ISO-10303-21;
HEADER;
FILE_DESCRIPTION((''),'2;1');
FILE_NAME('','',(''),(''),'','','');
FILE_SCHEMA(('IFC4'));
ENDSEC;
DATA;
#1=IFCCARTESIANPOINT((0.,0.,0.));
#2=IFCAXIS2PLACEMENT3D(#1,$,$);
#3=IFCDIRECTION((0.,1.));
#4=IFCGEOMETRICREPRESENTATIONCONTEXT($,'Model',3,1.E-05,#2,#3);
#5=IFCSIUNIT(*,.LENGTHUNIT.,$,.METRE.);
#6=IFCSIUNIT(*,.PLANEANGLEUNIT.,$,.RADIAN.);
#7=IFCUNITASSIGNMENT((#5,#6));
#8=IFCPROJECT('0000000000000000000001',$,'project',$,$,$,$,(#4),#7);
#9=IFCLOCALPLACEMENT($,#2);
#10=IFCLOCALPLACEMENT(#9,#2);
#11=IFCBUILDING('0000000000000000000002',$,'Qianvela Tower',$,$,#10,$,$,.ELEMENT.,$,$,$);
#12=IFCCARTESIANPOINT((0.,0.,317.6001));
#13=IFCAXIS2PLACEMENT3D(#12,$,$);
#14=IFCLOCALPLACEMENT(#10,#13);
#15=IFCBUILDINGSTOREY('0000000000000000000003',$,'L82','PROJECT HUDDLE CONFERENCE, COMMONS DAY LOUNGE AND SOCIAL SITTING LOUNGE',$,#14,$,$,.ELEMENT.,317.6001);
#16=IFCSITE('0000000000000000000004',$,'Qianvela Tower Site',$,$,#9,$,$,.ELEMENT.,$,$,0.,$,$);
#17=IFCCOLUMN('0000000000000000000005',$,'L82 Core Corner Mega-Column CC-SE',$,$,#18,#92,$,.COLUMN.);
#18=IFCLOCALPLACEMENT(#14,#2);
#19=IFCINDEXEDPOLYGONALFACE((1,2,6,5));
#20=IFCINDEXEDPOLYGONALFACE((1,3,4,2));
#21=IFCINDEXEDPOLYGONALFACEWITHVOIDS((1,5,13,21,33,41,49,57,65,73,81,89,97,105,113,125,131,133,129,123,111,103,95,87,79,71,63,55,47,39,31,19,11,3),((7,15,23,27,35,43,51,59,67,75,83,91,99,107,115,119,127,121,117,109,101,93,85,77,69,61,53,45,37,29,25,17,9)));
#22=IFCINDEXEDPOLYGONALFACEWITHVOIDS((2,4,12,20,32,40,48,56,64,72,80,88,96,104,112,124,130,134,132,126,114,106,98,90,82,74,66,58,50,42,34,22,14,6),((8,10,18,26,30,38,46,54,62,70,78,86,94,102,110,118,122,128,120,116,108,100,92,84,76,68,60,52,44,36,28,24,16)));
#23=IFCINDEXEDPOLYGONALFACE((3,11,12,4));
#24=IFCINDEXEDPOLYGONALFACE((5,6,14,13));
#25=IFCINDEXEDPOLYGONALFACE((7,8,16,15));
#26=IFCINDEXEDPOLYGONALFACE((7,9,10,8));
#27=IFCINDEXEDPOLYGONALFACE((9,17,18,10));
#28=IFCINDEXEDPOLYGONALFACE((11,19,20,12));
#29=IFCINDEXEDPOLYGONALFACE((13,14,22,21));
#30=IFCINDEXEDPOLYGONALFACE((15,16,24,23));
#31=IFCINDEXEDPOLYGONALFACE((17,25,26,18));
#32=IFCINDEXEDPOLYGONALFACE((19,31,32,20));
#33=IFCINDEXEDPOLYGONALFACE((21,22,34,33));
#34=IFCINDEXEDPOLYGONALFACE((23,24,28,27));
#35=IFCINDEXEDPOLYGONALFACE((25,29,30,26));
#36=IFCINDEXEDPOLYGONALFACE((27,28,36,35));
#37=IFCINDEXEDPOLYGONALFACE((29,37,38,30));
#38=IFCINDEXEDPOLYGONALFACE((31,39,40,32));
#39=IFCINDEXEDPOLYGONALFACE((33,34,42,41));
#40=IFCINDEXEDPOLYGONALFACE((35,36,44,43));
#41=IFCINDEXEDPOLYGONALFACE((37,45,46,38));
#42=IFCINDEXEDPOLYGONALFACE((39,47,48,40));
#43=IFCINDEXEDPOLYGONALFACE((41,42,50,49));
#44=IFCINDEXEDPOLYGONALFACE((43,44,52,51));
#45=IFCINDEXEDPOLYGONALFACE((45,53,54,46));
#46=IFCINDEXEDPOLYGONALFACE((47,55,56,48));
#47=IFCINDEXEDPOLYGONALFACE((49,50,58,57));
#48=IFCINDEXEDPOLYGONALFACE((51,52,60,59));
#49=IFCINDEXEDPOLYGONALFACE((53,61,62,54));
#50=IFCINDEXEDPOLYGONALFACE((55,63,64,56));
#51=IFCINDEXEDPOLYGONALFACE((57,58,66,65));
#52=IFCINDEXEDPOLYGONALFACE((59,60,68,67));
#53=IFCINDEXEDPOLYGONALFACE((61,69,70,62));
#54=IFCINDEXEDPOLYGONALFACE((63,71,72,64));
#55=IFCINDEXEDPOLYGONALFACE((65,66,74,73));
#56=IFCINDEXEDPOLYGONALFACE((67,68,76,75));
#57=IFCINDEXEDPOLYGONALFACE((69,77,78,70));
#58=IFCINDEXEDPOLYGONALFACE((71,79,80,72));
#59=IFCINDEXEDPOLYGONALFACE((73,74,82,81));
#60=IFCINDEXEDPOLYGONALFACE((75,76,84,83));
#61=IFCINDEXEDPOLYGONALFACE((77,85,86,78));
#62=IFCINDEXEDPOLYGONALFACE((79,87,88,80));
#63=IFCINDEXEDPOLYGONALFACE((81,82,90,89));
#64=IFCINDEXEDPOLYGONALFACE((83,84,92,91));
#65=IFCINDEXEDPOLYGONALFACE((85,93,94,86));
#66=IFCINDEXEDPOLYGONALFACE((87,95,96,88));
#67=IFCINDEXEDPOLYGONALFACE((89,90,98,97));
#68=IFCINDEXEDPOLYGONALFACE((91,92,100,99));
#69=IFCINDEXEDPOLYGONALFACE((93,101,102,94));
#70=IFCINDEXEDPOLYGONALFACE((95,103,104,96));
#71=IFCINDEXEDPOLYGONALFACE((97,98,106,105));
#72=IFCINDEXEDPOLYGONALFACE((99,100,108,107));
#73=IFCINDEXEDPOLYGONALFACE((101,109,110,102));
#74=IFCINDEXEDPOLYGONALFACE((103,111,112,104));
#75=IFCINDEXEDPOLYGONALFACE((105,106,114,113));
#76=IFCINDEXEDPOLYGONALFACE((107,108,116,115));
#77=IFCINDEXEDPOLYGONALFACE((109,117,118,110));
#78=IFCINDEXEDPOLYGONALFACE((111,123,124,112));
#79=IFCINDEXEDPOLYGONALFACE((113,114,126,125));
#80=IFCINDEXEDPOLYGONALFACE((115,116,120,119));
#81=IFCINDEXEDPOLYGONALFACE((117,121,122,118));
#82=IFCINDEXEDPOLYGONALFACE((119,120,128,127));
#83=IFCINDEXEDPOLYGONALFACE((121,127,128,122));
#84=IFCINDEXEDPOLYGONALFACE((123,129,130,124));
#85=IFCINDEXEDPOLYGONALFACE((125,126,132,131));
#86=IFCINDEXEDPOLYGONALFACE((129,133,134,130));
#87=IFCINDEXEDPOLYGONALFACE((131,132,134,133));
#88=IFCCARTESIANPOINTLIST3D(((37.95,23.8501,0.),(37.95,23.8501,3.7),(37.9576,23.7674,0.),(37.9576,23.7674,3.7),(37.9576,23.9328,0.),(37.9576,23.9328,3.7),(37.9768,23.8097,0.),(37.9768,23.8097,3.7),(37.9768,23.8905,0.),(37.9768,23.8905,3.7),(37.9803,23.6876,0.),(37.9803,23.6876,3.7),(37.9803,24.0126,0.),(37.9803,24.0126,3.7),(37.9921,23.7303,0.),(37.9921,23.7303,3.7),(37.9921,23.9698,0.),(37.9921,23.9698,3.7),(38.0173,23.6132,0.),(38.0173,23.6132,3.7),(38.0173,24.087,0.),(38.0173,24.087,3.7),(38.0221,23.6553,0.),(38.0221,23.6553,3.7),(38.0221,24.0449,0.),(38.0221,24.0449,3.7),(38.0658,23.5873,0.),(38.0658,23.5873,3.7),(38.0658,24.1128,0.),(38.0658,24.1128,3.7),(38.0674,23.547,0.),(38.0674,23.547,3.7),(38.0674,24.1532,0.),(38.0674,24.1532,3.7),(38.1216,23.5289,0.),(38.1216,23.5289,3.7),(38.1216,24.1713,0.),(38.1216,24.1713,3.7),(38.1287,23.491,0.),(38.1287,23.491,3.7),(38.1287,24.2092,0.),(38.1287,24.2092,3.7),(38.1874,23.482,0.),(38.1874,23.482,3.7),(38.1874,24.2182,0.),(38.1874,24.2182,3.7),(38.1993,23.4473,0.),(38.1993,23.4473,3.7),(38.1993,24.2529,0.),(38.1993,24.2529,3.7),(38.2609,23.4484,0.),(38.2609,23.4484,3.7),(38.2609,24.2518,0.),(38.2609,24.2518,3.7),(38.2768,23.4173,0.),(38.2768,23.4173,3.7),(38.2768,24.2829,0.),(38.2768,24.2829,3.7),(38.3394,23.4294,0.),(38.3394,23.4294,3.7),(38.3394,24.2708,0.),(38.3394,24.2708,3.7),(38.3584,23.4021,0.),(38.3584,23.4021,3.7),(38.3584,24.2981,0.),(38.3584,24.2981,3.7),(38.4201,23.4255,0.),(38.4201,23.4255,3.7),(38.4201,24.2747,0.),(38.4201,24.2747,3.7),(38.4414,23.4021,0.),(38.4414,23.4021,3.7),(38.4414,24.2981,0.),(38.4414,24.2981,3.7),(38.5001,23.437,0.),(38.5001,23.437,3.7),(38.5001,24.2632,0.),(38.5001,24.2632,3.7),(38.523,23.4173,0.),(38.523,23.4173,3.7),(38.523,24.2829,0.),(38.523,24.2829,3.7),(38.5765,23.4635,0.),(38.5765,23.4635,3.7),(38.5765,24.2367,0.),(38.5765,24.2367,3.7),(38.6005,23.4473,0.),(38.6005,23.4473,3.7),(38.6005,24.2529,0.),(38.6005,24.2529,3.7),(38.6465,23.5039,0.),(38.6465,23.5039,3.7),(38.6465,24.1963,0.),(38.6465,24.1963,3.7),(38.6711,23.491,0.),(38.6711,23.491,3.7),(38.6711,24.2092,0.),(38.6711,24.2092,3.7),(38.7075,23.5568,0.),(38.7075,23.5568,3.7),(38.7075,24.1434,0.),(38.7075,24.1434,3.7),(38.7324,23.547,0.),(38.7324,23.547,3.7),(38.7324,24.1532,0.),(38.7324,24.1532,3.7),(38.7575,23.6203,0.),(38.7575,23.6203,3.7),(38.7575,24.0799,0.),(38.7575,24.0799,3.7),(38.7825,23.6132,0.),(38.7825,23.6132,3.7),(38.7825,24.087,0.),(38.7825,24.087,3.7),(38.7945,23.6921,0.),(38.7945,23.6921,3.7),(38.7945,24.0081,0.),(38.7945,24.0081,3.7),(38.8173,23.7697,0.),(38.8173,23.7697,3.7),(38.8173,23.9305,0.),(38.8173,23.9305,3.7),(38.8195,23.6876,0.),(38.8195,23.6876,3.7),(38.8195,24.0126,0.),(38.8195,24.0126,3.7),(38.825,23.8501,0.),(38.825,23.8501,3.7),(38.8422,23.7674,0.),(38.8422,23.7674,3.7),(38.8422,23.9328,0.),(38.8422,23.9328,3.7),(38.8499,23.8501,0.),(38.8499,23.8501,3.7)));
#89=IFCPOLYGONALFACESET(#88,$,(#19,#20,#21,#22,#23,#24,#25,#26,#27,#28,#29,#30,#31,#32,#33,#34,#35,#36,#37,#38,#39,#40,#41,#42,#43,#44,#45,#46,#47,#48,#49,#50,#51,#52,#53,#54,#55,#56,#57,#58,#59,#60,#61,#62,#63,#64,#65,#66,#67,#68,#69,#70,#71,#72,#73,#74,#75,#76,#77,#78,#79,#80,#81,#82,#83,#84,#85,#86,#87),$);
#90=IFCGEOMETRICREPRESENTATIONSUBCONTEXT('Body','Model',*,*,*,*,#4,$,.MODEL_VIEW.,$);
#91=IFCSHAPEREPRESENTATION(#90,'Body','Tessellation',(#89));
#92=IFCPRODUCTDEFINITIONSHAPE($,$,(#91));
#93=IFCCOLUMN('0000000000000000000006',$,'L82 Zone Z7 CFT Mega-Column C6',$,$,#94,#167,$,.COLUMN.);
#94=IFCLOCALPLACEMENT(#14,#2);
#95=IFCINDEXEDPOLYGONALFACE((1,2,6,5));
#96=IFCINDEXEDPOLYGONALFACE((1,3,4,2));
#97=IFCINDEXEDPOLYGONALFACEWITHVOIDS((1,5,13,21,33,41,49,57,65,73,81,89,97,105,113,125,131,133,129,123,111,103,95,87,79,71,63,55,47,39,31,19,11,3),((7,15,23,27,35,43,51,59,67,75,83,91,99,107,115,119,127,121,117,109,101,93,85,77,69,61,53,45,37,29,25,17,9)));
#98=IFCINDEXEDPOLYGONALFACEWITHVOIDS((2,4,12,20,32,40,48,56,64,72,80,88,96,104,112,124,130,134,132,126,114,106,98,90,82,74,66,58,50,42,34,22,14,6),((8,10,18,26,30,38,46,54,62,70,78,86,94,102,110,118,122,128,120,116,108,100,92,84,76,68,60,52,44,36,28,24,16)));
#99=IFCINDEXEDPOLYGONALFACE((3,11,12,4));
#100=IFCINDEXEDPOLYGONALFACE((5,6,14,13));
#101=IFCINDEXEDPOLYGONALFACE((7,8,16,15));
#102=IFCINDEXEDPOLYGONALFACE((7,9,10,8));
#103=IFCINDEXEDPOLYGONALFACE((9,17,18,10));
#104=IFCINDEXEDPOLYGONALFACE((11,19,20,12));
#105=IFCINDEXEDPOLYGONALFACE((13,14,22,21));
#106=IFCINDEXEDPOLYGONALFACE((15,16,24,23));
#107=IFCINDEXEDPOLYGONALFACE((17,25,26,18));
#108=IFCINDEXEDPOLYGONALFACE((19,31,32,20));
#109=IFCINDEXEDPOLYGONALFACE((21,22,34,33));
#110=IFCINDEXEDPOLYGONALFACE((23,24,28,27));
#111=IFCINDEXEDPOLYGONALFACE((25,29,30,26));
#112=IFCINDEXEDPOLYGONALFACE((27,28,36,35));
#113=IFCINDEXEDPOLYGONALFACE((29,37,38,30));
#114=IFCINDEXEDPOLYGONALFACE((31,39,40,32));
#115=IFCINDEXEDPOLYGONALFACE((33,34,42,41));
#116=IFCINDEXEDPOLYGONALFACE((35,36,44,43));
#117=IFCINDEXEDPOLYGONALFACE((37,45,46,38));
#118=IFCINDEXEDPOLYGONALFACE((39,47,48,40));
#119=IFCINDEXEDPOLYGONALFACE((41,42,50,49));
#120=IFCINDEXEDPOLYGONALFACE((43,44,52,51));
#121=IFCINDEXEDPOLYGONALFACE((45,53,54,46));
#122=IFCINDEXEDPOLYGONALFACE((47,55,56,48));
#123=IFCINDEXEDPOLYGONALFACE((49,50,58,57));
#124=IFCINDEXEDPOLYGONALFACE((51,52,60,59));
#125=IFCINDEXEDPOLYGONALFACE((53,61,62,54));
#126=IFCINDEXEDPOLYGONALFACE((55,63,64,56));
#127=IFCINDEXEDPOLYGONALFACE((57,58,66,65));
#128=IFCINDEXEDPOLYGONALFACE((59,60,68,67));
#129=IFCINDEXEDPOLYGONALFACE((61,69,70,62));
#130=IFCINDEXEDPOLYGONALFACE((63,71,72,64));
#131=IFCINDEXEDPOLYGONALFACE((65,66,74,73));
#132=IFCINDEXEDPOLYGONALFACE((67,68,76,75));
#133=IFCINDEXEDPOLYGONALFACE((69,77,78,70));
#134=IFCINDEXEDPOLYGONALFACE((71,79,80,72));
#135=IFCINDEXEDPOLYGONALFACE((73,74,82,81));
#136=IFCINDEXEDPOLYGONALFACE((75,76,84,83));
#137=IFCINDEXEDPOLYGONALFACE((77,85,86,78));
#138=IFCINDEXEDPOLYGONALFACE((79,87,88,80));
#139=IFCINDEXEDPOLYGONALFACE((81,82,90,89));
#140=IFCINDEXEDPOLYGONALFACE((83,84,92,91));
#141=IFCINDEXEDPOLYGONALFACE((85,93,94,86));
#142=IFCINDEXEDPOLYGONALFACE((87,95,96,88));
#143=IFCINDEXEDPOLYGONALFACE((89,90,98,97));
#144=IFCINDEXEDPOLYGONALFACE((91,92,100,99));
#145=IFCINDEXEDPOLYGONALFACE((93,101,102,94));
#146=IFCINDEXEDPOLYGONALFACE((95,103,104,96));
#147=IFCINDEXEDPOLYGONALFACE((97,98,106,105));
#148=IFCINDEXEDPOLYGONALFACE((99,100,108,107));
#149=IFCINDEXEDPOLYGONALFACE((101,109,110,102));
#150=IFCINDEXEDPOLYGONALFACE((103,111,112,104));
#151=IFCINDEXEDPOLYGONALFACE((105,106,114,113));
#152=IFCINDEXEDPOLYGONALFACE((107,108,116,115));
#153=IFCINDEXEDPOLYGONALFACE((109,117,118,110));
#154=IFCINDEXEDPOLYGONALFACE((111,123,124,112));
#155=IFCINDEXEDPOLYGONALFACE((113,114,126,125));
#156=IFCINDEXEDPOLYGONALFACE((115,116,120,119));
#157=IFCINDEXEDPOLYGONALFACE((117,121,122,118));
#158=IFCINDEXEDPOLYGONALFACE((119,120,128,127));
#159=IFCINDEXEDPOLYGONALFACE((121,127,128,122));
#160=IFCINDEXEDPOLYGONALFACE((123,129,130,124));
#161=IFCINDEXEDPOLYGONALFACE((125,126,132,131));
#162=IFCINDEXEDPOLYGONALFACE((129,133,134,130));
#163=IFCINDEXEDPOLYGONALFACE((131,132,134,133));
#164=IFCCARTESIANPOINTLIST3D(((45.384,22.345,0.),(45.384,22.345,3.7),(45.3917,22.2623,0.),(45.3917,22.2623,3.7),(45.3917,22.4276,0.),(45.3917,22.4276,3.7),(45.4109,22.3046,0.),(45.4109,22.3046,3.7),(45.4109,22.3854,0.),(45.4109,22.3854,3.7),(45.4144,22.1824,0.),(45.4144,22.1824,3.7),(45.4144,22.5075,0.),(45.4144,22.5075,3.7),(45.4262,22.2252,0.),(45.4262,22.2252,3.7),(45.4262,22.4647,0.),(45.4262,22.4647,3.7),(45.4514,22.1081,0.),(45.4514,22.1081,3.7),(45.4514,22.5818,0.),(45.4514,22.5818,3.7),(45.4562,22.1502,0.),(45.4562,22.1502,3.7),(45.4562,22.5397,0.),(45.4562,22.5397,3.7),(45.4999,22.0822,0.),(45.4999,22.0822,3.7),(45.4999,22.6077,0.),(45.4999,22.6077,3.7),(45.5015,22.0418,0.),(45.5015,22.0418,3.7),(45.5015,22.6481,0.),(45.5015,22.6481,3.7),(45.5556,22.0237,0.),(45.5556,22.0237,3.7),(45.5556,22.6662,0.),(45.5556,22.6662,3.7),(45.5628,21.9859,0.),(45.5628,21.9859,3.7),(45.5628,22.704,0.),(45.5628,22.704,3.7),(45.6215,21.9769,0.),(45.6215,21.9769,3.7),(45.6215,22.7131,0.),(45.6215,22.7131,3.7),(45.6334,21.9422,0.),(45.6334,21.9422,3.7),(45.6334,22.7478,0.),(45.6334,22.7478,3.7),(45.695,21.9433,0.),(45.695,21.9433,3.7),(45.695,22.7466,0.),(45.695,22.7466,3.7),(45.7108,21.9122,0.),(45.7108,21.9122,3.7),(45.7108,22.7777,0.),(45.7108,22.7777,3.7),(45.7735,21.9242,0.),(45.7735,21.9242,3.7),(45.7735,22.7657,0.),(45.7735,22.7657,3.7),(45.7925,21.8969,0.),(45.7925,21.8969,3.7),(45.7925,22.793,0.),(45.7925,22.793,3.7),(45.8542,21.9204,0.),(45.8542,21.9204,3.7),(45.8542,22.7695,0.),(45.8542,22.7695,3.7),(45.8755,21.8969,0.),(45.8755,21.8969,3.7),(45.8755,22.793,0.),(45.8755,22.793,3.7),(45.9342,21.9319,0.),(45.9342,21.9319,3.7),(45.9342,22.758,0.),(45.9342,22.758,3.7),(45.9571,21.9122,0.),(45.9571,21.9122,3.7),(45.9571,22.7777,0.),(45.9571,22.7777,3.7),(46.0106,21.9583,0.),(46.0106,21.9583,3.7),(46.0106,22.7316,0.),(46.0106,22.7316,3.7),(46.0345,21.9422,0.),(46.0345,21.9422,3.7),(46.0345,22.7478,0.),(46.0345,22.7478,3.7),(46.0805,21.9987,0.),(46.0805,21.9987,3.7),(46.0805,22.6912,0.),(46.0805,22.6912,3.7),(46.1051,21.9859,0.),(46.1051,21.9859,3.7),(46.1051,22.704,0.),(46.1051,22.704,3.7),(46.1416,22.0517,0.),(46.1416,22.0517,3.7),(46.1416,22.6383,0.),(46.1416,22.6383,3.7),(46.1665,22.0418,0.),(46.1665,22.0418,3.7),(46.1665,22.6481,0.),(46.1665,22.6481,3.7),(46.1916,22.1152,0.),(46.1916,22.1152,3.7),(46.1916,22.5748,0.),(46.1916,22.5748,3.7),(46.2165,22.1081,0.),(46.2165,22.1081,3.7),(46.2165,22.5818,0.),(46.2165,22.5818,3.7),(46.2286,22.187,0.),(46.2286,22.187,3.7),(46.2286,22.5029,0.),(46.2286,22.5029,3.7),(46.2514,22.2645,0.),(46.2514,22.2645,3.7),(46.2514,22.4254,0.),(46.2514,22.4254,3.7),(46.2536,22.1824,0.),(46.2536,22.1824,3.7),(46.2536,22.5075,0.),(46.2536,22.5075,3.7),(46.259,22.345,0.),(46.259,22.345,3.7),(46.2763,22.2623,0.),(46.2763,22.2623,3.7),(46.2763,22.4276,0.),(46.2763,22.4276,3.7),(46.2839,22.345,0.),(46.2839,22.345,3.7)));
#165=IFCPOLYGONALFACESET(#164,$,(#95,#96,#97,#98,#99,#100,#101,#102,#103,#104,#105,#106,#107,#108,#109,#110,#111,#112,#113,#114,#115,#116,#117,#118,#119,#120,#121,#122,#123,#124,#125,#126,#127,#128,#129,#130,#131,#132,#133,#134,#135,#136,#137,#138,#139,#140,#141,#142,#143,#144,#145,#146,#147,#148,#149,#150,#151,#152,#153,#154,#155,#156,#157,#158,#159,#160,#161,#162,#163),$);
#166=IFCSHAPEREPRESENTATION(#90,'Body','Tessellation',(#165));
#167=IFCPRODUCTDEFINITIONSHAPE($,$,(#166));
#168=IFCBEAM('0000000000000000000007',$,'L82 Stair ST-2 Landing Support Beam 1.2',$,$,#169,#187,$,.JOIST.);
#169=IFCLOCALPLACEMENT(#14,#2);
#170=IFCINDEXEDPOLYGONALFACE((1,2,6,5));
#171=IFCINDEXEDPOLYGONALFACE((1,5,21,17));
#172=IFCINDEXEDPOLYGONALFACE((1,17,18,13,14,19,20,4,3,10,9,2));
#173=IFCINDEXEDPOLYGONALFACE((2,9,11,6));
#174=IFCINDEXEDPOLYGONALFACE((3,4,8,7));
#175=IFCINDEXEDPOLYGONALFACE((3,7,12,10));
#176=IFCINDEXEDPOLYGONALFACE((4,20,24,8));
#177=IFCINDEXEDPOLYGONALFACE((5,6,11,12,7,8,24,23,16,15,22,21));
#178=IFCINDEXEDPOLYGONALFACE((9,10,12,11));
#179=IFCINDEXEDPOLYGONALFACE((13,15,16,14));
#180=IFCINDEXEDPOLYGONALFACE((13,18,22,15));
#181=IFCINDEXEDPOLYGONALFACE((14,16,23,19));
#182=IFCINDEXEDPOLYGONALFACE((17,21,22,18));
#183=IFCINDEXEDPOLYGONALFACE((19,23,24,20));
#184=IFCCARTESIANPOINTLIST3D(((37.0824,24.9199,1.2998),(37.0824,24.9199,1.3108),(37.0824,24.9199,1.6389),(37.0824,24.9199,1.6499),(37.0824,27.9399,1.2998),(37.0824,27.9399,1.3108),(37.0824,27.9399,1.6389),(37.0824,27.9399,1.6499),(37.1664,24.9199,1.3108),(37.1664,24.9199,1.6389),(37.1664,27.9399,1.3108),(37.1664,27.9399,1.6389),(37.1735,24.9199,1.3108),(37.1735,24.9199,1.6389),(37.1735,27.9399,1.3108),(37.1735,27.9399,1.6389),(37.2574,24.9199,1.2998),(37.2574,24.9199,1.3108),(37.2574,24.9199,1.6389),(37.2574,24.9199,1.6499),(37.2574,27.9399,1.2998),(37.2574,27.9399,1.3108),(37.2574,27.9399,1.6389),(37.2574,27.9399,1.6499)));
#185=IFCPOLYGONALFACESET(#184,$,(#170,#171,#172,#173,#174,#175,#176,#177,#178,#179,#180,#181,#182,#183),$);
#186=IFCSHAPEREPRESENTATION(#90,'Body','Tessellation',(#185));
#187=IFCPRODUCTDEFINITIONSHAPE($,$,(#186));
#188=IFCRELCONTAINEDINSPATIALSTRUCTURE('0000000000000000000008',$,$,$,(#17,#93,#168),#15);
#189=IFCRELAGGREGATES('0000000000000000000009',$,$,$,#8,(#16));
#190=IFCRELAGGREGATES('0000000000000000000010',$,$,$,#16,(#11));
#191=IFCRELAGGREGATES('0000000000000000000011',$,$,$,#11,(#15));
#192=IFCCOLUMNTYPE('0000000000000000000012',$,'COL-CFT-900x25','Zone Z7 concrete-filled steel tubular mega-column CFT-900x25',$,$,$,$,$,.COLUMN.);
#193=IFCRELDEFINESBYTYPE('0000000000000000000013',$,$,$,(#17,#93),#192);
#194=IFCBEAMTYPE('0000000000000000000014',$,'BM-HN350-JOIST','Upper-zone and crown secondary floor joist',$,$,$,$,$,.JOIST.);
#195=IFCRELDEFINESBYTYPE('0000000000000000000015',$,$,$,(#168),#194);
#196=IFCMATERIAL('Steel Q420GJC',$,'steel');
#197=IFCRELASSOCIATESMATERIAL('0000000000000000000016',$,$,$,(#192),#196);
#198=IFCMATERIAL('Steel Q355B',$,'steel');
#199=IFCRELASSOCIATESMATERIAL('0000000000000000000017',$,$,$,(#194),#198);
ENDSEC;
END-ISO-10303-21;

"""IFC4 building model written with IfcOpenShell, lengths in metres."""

from ifc_helpers import new_model, si_unit, direction, frame, origin, origin_2d, place, context, subcontext, project, spatial, hollow_circle, i_section, extrude, material, material_profile, profile_set, type_object, element, save


model = new_model("IFC4")

# Units and contexts
model_context = context("Model", 3, precision=1e-05, world=origin(), true_north=direction((0.0, 1.0)))
body_context = subcontext(model_context, "Body", "Model", "MODEL_VIEW")
ifc_project = project(units=[si_unit("LENGTHUNIT", "METRE"), si_unit("PLANEANGLEUNIT", "RADIAN")], contexts=[model_context])

# Site, building, storey
site_placement = place(None, origin())
site = spatial("IfcSite", under=ifc_project, at=site_placement, Name="Qianvela Tower Site", CompositionType="ELEMENT", RefElevation=0.0)
building_placement = place(site_placement, origin())
building = spatial("IfcBuilding", under=site, at=building_placement, Name="Qianvela Tower", CompositionType="ELEMENT")
storey_placement = place(building_placement, frame((0.0, 0.0, 317.6001)))
storey = spatial("IfcBuildingStorey", under=building, at=storey_placement, Name="L82", Description="PROJECT HUDDLE CONFERENCE, COMMONS DAY LOUNGE AND SOCIAL SITTING LOUNGE", CompositionType="ELEMENT", Elevation=317.6001)

# Columns
ifc_material_1 = material(Name="Steel Q420GJC", Category="steel")
ifc_material_profile_1 = material_profile(ifc_material_1, hollow_circle(Radius=0.45, WallThickness=0.0249, at=origin_2d()), Name="CFT-900x25")
ifc_profile_set_1 = profile_set([ifc_material_profile_1], Name="Steel Q420GJC")
column_type = type_object("IfcColumnType", Name="COL-CFT-900x25", Description="Zone Z7 concrete-filled steel tubular mega-column CFT-900x25", PredefinedType="COLUMN", material=ifc_profile_set_1)
for number, where, z_axis, x_axis, name in (
    (1, (38.3999, 23.8501, 0.0), (0.0, 0.0, 1.0), (1.0, 0.0, 0.0), "L82 Core Corner Mega-Column CC-SE"),
    (2, (45.834, 22.345, 0.0), (0.0, 0.0, 1.0), (1.0, 0.0, 0.0), "L82 Zone Z7 CFT Mega-Column C6"),
):
    element("IfcColumn", number, at=place(storey_placement, frame(where, z_axis=z_axis, x_axis=x_axis)), inside=storey, type_object=column_type, Name=name, PredefinedType="COLUMN", context=body_context, shape_type="SweptSolid", body=[
        extrude(hollow_circle(Radius=0.45, WallThickness=0.0249, at=origin_2d()), origin(), (0.0, 0.0, 1.0), 3.7),
    ])

# Beam
ifc_material_2 = material(Name="Steel Q355B", Category="steel")
ifc_material_profile_2 = material_profile(ifc_material_2, i_section(OverallWidth=0.175, OverallDepth=0.3501, WebThickness=0.0071, FlangeThickness=0.011, at=origin_2d()), Name="HN350x175x7x11")
ifc_profile_set_2 = profile_set([ifc_material_profile_2], Name="Steel Q355B")
beam_type_1 = type_object("IfcBeamType", Name="BM-HN350-JOIST", Description="Upper-zone and crown secondary floor joist", PredefinedType="JOIST", material=ifc_profile_set_2)
beam_1_placement = place(storey_placement, frame((37.1699, 24.9199, 1.4749), z_axis=(0.0, 1.0, 0.0), x_axis=(-1.0, 0.0, 0.0)))
element("IfcBeam", 3, at=beam_1_placement, inside=storey, type_object=beam_type_1, Name="L82 Stair ST-2 Landing Support Beam 1.2", PredefinedType="JOIST", context=body_context, shape_type="SweptSolid", body=[
    extrude(i_section(OverallWidth=0.175, OverallDepth=0.3501, WebThickness=0.0071, FlangeThickness=0.011, at=origin_2d()), origin(), (0.0, 0.0, 1.0), 3.02),
])

save(model, "model.ifc")
